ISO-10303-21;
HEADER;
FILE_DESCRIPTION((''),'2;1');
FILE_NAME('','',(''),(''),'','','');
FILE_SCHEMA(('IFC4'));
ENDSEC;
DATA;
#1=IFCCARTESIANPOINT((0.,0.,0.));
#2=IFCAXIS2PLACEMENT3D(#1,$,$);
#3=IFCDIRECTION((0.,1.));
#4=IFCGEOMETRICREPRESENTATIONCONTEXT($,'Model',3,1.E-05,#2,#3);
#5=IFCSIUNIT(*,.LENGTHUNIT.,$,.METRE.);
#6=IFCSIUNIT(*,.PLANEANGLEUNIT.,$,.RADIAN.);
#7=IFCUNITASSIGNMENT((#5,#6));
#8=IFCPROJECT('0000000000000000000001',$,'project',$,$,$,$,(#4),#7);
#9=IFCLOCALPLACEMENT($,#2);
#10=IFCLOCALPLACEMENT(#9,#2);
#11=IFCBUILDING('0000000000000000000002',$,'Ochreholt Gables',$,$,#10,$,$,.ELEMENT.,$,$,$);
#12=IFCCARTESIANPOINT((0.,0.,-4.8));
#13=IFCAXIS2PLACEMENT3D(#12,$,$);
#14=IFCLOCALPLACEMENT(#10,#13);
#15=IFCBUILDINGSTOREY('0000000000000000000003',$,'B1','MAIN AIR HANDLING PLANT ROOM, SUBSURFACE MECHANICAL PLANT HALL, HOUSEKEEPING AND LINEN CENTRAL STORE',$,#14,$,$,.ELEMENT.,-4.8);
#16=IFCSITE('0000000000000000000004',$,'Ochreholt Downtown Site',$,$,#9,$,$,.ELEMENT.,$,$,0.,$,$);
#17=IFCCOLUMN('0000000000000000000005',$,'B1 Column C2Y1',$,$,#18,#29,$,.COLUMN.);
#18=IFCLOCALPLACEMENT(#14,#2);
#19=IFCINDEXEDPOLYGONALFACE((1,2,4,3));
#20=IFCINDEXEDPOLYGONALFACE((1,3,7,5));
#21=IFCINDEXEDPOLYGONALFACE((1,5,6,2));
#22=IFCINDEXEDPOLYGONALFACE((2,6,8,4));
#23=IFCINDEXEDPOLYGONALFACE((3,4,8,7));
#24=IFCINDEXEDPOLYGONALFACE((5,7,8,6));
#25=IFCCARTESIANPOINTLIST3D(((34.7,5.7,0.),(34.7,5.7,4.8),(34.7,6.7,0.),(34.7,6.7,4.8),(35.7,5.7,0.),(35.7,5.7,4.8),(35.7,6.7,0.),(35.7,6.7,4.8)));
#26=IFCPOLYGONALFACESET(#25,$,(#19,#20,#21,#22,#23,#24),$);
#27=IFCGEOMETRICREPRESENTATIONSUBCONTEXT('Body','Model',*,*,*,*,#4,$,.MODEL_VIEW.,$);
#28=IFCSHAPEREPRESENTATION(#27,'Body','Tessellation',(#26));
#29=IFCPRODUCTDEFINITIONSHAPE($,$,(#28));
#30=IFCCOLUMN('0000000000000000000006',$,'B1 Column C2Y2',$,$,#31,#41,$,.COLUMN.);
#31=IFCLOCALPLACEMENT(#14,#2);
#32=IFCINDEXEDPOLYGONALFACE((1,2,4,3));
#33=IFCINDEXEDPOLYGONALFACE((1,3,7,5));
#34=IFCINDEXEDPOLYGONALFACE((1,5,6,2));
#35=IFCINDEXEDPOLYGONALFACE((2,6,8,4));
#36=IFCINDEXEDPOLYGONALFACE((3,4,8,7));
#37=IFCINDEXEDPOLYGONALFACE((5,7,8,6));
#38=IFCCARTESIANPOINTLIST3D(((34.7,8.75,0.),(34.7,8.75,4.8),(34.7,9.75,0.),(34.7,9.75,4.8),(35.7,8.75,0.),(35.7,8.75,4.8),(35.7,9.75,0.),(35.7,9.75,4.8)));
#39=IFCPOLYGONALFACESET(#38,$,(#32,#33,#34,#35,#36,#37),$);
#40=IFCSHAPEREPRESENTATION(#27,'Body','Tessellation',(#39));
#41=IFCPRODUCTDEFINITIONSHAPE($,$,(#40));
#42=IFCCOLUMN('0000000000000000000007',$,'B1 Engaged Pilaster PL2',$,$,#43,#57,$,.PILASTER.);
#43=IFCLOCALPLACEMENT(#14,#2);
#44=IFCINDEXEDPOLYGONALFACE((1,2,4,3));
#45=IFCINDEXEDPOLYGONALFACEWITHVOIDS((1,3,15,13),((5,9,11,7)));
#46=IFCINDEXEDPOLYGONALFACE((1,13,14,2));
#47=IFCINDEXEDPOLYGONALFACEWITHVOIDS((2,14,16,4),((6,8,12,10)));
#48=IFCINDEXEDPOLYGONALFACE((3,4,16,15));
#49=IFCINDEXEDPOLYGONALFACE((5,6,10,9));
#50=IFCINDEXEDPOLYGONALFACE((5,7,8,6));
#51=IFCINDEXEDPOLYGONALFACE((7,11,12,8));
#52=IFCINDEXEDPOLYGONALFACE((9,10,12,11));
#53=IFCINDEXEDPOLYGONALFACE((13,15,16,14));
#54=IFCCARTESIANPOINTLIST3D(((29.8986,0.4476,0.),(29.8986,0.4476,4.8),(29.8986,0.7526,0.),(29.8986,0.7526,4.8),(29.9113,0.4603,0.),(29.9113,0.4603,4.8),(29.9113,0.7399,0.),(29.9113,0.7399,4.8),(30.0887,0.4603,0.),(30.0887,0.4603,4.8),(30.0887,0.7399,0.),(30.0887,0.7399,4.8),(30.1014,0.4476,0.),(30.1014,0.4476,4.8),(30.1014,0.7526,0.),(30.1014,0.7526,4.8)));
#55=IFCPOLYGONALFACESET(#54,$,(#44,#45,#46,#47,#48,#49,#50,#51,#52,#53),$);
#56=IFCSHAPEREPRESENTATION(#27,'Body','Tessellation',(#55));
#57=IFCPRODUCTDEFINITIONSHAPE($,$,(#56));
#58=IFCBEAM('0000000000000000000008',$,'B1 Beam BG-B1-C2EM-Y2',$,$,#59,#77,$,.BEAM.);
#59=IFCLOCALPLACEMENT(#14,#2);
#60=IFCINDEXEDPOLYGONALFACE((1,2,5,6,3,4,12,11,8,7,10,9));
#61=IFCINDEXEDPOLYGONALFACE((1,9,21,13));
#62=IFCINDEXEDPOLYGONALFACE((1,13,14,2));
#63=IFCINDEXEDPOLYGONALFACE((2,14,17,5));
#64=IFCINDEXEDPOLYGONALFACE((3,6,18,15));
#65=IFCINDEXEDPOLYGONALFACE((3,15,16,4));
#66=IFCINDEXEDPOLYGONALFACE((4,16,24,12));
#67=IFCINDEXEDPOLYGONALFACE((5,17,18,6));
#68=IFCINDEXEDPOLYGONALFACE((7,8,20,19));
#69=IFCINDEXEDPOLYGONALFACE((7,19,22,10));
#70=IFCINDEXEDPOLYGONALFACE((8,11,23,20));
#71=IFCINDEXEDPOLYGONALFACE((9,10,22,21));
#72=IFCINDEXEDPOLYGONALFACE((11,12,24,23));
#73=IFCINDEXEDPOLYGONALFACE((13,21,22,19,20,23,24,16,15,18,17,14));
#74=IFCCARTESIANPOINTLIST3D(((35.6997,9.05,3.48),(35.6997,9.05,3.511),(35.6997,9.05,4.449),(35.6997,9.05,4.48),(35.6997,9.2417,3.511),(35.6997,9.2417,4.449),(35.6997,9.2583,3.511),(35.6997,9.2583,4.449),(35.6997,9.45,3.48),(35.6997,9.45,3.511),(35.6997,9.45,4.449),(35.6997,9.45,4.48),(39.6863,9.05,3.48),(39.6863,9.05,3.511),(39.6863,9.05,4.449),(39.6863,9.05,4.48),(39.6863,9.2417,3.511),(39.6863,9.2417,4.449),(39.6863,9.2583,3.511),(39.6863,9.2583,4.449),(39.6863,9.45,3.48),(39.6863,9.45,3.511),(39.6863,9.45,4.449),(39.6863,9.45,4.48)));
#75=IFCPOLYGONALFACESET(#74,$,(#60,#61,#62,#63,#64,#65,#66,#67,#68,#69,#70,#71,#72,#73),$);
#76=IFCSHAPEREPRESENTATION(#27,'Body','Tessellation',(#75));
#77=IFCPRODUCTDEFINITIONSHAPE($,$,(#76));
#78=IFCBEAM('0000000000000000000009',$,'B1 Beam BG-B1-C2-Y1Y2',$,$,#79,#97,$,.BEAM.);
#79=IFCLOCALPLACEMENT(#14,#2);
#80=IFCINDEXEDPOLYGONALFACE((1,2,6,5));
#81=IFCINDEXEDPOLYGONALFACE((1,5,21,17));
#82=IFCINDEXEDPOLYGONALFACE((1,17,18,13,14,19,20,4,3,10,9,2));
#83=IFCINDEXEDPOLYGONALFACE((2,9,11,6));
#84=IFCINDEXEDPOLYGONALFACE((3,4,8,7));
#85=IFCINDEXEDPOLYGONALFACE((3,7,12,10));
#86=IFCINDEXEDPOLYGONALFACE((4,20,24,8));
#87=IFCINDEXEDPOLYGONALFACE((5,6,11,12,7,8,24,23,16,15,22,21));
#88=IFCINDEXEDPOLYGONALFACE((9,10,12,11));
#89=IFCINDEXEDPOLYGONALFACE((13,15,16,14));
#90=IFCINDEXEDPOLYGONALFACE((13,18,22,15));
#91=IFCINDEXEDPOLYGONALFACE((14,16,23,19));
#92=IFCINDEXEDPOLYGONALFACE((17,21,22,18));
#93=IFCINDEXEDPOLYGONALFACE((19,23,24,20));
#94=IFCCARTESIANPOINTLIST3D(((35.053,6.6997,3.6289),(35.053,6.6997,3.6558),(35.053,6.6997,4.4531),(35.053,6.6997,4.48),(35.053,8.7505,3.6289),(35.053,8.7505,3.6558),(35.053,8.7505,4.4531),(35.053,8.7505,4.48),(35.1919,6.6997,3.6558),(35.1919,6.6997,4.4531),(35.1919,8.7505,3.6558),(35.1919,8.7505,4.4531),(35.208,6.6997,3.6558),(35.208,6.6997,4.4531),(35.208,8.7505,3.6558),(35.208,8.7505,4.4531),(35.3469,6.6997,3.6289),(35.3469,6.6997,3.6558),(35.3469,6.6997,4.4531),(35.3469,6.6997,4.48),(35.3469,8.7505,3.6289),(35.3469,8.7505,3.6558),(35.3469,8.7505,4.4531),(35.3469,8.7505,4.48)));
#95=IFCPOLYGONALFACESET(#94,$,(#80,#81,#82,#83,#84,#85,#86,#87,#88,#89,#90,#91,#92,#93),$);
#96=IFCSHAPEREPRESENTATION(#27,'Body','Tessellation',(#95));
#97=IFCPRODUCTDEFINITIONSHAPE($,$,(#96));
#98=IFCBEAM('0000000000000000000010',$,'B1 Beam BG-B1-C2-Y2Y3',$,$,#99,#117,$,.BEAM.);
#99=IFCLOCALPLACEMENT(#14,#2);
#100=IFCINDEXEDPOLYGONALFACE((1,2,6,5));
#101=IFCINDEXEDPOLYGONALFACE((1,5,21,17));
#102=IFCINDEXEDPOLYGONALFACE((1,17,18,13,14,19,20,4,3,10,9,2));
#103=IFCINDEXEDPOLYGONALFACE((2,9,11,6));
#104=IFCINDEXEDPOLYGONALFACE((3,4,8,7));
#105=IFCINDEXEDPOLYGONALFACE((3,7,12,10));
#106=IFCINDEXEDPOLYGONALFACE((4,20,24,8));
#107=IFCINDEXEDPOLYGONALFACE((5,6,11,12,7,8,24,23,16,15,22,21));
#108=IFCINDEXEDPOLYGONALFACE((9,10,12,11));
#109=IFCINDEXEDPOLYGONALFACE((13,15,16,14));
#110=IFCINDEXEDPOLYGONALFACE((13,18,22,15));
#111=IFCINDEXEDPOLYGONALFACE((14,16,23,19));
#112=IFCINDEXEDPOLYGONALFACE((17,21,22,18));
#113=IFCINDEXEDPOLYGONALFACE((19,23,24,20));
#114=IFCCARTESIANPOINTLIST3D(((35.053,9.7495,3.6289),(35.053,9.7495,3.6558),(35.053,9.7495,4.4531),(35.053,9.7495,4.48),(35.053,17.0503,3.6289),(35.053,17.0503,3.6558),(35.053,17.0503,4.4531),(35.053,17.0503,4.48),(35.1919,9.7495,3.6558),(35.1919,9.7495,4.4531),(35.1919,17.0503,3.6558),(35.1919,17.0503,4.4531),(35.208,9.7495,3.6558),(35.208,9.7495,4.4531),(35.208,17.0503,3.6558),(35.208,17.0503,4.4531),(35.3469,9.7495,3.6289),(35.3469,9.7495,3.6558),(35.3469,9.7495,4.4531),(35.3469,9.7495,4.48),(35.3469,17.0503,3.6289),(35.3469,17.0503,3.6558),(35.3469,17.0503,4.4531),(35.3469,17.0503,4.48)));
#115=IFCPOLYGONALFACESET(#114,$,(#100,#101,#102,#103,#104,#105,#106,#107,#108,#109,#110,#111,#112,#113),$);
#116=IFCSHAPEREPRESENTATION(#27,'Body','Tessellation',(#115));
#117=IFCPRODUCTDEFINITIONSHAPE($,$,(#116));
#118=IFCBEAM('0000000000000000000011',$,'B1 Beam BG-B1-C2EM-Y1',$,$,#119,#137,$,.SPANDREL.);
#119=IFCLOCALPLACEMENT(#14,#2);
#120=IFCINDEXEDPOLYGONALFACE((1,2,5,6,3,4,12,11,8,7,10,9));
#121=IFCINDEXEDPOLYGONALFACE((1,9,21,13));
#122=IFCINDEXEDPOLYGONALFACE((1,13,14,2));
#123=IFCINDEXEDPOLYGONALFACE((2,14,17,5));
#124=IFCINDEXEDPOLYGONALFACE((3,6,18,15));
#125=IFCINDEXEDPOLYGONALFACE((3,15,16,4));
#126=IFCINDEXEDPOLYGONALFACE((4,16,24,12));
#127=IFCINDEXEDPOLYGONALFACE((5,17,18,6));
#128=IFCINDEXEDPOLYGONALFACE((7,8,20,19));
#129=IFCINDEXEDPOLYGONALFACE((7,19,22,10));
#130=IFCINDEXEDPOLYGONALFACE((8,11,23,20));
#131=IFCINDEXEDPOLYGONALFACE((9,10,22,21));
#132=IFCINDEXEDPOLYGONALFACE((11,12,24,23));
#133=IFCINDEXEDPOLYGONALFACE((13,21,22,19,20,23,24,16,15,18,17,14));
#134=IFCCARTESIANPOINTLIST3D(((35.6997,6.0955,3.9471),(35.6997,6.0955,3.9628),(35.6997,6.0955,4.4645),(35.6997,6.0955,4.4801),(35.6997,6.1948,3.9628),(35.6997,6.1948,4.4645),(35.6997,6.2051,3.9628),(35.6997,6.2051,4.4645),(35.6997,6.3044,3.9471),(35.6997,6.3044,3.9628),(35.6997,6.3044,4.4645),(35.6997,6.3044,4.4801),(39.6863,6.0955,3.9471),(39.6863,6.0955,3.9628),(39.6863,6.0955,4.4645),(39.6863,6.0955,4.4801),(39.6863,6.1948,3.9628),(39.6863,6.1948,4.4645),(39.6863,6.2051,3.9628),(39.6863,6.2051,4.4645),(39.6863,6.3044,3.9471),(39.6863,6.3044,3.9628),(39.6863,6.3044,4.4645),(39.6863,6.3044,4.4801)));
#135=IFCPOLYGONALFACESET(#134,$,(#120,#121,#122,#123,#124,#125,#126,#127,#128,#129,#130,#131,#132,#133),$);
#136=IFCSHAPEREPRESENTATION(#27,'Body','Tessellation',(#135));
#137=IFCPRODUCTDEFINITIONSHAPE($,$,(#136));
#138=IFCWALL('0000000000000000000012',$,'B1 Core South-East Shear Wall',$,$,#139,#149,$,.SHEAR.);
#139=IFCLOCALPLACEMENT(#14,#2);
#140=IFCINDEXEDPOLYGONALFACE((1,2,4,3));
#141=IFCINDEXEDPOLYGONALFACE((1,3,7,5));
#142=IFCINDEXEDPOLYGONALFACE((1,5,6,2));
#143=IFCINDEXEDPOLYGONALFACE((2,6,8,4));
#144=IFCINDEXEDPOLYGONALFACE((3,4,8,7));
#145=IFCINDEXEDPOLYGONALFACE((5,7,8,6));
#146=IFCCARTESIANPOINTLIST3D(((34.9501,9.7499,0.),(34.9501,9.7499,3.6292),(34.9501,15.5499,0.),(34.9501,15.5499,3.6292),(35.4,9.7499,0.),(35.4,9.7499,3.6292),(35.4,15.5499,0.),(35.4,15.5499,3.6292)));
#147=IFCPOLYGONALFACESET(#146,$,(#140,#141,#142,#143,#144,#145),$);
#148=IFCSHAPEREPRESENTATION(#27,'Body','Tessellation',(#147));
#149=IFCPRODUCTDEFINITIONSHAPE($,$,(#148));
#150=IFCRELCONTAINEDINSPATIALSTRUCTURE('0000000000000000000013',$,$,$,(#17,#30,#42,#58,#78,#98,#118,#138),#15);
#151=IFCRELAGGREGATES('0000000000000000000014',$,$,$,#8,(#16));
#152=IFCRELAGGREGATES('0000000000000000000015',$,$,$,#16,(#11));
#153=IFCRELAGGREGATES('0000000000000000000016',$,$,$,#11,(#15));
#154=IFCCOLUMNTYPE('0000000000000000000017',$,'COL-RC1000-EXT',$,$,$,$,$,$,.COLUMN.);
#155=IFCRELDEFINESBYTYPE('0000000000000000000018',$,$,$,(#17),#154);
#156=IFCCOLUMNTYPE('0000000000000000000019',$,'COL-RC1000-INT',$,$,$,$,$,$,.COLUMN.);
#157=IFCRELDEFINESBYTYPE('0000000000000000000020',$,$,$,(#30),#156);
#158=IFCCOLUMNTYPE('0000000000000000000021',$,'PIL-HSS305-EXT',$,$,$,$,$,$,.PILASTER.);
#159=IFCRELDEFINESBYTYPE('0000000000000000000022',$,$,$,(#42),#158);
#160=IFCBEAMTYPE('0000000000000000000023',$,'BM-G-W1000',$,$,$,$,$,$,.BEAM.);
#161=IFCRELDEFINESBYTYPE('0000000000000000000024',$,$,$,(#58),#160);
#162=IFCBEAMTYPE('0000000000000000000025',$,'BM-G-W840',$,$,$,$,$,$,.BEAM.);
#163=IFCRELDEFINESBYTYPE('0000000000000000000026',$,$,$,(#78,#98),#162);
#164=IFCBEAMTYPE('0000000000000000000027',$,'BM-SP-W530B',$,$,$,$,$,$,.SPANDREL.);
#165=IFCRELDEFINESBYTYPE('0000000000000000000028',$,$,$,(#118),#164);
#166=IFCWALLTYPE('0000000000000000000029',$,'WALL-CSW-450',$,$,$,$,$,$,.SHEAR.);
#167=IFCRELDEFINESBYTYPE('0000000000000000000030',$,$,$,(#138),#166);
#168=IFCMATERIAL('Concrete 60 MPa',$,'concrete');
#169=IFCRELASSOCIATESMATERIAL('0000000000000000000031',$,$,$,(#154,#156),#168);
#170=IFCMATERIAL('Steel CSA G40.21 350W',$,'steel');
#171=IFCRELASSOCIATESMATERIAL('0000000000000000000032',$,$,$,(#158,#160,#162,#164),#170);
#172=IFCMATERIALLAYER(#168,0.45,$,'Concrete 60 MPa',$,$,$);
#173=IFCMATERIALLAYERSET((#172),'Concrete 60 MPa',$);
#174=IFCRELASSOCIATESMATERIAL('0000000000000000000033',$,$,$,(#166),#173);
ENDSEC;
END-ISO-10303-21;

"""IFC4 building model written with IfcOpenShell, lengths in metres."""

from ifc_helpers import new_model, si_unit, direction, frame, frame_2d, origin, origin_2d, place, context, subcontext, project, spatial, rectangle, hollow_rectangle, i_section, extrude, material, layer, layer_set, material_profile, profile_set, type_object, element, save


model = new_model("IFC4")

# Units and contexts
model_context = context("Model", 3, precision=1e-05, world=origin(), true_north=direction((0.0, 1.0)))
body_context = subcontext(model_context, "Body", "Model", "MODEL_VIEW")
ifc_project = project(units=[si_unit("LENGTHUNIT", "METRE"), si_unit("PLANEANGLEUNIT", "RADIAN")], contexts=[model_context])

# Site, building, storey
site_placement = place(None, origin())
site = spatial("IfcSite", under=ifc_project, at=site_placement, Name="Ochreholt Downtown Site", CompositionType="ELEMENT", RefElevation=0.0)
building_placement = place(site_placement, origin())
building = spatial("IfcBuilding", under=site, at=building_placement, Name="Ochreholt Gables", CompositionType="ELEMENT")
storey_placement = place(building_placement, frame((0.0, 0.0, -4.8)))
storey = spatial("IfcBuildingStorey", under=building, at=storey_placement, Name="B1", Description="MAIN AIR HANDLING PLANT ROOM, SUBSURFACE MECHANICAL PLANT HALL, HOUSEKEEPING AND LINEN CENTRAL STORE", CompositionType="ELEMENT", Elevation=-4.8)

# Columns
ifc_material_1 = material(Name="Concrete 60 MPa", Category="concrete")
ifc_material_profile_1 = material_profile(ifc_material_1, rectangle(XDim=1.0, YDim=1.0, at=origin_2d()), Name="RC1000X1000")
ifc_profile_set_1 = profile_set([ifc_material_profile_1], Name="Concrete 60 MPa")
column_type_1 = type_object("IfcColumnType", Name="COL-RC1000-EXT", PredefinedType="COLUMN", material=ifc_profile_set_1)
column_1_placement = place(storey_placement, frame((35.2, 6.2, 0.0), z_axis=(0.0, 0.0, 1.0), x_axis=(1.0, 0.0, 0.0)))
element("IfcColumn", 1, at=column_1_placement, inside=storey, type_object=column_type_1, Name="B1 Column C2Y1", PredefinedType="COLUMN", context=body_context, shape_type="SweptSolid", body=[
    extrude(rectangle(XDim=1.0, YDim=1.0, at=origin_2d()), origin(), (0.0, 0.0, 1.0), 4.8),
])
ifc_material_profile_2 = material_profile(ifc_material_1, rectangle(XDim=1.0, YDim=1.0, at=origin_2d()), Name="RC1000X1000")
ifc_profile_set_2 = profile_set([ifc_material_profile_2], Name="Concrete 60 MPa")
column_type_2 = type_object("IfcColumnType", Name="COL-RC1000-INT", PredefinedType="COLUMN", material=ifc_profile_set_2)
column_2_placement = place(storey_placement, frame((35.2, 9.25, 0.0), z_axis=(0.0, 0.0, 1.0), x_axis=(1.0, 0.0, 0.0)))
element("IfcColumn", 2, at=column_2_placement, inside=storey, type_object=column_type_2, Name="B1 Column C2Y2", PredefinedType="COLUMN", context=body_context, shape_type="SweptSolid", body=[
    extrude(rectangle(XDim=1.0, YDim=1.0, at=origin_2d()), origin(), (0.0, 0.0, 1.0), 4.8),
])
ifc_material_2 = material(Name="Steel CSA G40.21 350W", Category="steel")
ifc_material_profile_3 = material_profile(ifc_material_2, hollow_rectangle(XDim=0.2029, YDim=0.3049, WallThickness=0.0127, at=origin_2d()), Name="HSS305X203X13")
ifc_profile_set_3 = profile_set([ifc_material_profile_3], Name="Steel CSA G40.21 350W")
column_type_3 = type_object("IfcColumnType", Name="PIL-HSS305-EXT", PredefinedType="PILASTER", material=ifc_profile_set_3)
column_3_placement = place(storey_placement, frame((30.0, 0.6001, 0.0), z_axis=(0.0, 0.0, 1.0), x_axis=(1.0, 0.0, 0.0)))
element("IfcColumn", 3, at=column_3_placement, inside=storey, type_object=column_type_3, Name="B1 Engaged Pilaster PL2", PredefinedType="PILASTER", context=body_context, shape_type="SweptSolid", body=[
    extrude(hollow_rectangle(XDim=0.2029, YDim=0.3049, WallThickness=0.0127, at=origin_2d()), origin(), (0.0, 0.0, 1.0), 4.8),
])

# Beams
ifc_material_profile_4 = material_profile(ifc_material_2, i_section(OverallWidth=0.3999, OverallDepth=1.0, WebThickness=0.0166, FlangeThickness=0.031, at=origin_2d()), Name="W1000X321")
ifc_profile_set_4 = profile_set([ifc_material_profile_4], Name="Steel CSA G40.21 350W")
beam_type_1 = type_object("IfcBeamType", Name="BM-G-W1000", PredefinedType="BEAM", material=ifc_profile_set_4)
beam_1_placement = place(storey_placement, frame((35.6997, 9.25, 3.98), z_axis=(1.0, 0.0, 0.0), x_axis=(0.0, 1.0, 0.0)))
element("IfcBeam", 4, at=beam_1_placement, inside=storey, type_object=beam_type_1, Name="B1 Beam BG-B1-C2EM-Y2", PredefinedType="BEAM", context=body_context, shape_type="SweptSolid", body=[
    extrude(i_section(OverallWidth=0.3999, OverallDepth=1.0, WebThickness=0.0166, FlangeThickness=0.031, at=origin_2d()), origin(), (0.0, 0.0, 1.0), 3.9866),
])
ifc_material_profile_5 = material_profile(ifc_material_2, i_section(OverallWidth=0.2939, OverallDepth=0.8511, WebThickness=0.0161, FlangeThickness=0.0269, at=origin_2d()), Name="W840X226")
ifc_profile_set_5 = profile_set([ifc_material_profile_5], Name="Steel CSA G40.21 350W")
beam_type_2 = type_object("IfcBeamType", Name="BM-G-W840", PredefinedType="BEAM", material=ifc_profile_set_5)
beam_2_placement = place(storey_placement, frame((35.2, 6.6997, 4.0544), z_axis=(0.0, 1.0, 0.0), x_axis=(-1.0, 0.0, 0.0)))
element("IfcBeam", 5, at=beam_2_placement, inside=storey, type_object=beam_type_2, Name="B1 Beam BG-B1-C2-Y1Y2", PredefinedType="BEAM", context=body_context, shape_type="SweptSolid", body=[
    extrude(i_section(OverallWidth=0.2939, OverallDepth=0.8511, WebThickness=0.0161, FlangeThickness=0.0269, at=origin_2d()), origin(), (0.0, 0.0, 1.0), 2.0508),
])
beam_3_placement = place(storey_placement, frame((35.2, 9.7495, 4.0544), z_axis=(0.0, 1.0, 0.0), x_axis=(-1.0, 0.0, 0.0)))
element("IfcBeam", 6, at=beam_3_placement, inside=storey, type_object=beam_type_2, Name="B1 Beam BG-B1-C2-Y2Y3", PredefinedType="BEAM", context=body_context, shape_type="SweptSolid", body=[
    extrude(i_section(OverallWidth=0.2939, OverallDepth=0.8511, WebThickness=0.0161, FlangeThickness=0.0269, at=origin_2d()), origin(), (0.0, 0.0, 1.0), 7.3008),
])
ifc_material_profile_6 = material_profile(ifc_material_2, i_section(OverallWidth=0.209, OverallDepth=0.533, WebThickness=0.0103, FlangeThickness=0.0156, at=origin_2d()), Name="W530X92")
ifc_profile_set_6 = profile_set([ifc_material_profile_6], Name="Steel CSA G40.21 350W")
beam_type_3 = type_object("IfcBeamType", Name="BM-SP-W530B", PredefinedType="SPANDREL", material=ifc_profile_set_6)
beam_4_placement = place(storey_placement, frame((35.6997, 6.2, 4.2136), z_axis=(1.0, 0.0, 0.0), x_axis=(0.0, 1.0, 0.0)))
element("IfcBeam", 7, at=beam_4_placement, inside=storey, type_object=beam_type_3, Name="B1 Beam BG-B1-C2EM-Y1", PredefinedType="SPANDREL", context=body_context, shape_type="SweptSolid", body=[
    extrude(i_section(OverallWidth=0.209, OverallDepth=0.533, WebThickness=0.0103, FlangeThickness=0.0156, at=origin_2d()), origin(), (0.0, 0.0, 1.0), 3.9866),
])

# Wall
ifc_layer_1 = layer(ifc_material_1, 0.45, Name="Concrete 60 MPa")
ifc_layer_set_1 = layer_set([ifc_layer_1], Name="Concrete 60 MPa")
wall_type_1 = type_object("IfcWallType", Name="WALL-CSW-450", PredefinedType="SHEAR", material=ifc_layer_set_1)
wall_1_placement = place(storey_placement, frame((35.175, 9.75, 0.0), z_axis=(0.0, 0.0, 1.0), x_axis=(0.0, 1.0, 0.0)))
element("IfcWall", 8, at=wall_1_placement, inside=storey, type_object=wall_type_1, Name="B1 Core South-East Shear Wall", PredefinedType="SHEAR", context=body_context, shape_type="SweptSolid", body=[
    extrude(rectangle(XDim=5.8, YDim=0.45, at=frame_2d((2.8999, 0.0))), origin(), (0.0, 0.0, 1.0), 3.6292),
])

save(model, "model.ifc")
